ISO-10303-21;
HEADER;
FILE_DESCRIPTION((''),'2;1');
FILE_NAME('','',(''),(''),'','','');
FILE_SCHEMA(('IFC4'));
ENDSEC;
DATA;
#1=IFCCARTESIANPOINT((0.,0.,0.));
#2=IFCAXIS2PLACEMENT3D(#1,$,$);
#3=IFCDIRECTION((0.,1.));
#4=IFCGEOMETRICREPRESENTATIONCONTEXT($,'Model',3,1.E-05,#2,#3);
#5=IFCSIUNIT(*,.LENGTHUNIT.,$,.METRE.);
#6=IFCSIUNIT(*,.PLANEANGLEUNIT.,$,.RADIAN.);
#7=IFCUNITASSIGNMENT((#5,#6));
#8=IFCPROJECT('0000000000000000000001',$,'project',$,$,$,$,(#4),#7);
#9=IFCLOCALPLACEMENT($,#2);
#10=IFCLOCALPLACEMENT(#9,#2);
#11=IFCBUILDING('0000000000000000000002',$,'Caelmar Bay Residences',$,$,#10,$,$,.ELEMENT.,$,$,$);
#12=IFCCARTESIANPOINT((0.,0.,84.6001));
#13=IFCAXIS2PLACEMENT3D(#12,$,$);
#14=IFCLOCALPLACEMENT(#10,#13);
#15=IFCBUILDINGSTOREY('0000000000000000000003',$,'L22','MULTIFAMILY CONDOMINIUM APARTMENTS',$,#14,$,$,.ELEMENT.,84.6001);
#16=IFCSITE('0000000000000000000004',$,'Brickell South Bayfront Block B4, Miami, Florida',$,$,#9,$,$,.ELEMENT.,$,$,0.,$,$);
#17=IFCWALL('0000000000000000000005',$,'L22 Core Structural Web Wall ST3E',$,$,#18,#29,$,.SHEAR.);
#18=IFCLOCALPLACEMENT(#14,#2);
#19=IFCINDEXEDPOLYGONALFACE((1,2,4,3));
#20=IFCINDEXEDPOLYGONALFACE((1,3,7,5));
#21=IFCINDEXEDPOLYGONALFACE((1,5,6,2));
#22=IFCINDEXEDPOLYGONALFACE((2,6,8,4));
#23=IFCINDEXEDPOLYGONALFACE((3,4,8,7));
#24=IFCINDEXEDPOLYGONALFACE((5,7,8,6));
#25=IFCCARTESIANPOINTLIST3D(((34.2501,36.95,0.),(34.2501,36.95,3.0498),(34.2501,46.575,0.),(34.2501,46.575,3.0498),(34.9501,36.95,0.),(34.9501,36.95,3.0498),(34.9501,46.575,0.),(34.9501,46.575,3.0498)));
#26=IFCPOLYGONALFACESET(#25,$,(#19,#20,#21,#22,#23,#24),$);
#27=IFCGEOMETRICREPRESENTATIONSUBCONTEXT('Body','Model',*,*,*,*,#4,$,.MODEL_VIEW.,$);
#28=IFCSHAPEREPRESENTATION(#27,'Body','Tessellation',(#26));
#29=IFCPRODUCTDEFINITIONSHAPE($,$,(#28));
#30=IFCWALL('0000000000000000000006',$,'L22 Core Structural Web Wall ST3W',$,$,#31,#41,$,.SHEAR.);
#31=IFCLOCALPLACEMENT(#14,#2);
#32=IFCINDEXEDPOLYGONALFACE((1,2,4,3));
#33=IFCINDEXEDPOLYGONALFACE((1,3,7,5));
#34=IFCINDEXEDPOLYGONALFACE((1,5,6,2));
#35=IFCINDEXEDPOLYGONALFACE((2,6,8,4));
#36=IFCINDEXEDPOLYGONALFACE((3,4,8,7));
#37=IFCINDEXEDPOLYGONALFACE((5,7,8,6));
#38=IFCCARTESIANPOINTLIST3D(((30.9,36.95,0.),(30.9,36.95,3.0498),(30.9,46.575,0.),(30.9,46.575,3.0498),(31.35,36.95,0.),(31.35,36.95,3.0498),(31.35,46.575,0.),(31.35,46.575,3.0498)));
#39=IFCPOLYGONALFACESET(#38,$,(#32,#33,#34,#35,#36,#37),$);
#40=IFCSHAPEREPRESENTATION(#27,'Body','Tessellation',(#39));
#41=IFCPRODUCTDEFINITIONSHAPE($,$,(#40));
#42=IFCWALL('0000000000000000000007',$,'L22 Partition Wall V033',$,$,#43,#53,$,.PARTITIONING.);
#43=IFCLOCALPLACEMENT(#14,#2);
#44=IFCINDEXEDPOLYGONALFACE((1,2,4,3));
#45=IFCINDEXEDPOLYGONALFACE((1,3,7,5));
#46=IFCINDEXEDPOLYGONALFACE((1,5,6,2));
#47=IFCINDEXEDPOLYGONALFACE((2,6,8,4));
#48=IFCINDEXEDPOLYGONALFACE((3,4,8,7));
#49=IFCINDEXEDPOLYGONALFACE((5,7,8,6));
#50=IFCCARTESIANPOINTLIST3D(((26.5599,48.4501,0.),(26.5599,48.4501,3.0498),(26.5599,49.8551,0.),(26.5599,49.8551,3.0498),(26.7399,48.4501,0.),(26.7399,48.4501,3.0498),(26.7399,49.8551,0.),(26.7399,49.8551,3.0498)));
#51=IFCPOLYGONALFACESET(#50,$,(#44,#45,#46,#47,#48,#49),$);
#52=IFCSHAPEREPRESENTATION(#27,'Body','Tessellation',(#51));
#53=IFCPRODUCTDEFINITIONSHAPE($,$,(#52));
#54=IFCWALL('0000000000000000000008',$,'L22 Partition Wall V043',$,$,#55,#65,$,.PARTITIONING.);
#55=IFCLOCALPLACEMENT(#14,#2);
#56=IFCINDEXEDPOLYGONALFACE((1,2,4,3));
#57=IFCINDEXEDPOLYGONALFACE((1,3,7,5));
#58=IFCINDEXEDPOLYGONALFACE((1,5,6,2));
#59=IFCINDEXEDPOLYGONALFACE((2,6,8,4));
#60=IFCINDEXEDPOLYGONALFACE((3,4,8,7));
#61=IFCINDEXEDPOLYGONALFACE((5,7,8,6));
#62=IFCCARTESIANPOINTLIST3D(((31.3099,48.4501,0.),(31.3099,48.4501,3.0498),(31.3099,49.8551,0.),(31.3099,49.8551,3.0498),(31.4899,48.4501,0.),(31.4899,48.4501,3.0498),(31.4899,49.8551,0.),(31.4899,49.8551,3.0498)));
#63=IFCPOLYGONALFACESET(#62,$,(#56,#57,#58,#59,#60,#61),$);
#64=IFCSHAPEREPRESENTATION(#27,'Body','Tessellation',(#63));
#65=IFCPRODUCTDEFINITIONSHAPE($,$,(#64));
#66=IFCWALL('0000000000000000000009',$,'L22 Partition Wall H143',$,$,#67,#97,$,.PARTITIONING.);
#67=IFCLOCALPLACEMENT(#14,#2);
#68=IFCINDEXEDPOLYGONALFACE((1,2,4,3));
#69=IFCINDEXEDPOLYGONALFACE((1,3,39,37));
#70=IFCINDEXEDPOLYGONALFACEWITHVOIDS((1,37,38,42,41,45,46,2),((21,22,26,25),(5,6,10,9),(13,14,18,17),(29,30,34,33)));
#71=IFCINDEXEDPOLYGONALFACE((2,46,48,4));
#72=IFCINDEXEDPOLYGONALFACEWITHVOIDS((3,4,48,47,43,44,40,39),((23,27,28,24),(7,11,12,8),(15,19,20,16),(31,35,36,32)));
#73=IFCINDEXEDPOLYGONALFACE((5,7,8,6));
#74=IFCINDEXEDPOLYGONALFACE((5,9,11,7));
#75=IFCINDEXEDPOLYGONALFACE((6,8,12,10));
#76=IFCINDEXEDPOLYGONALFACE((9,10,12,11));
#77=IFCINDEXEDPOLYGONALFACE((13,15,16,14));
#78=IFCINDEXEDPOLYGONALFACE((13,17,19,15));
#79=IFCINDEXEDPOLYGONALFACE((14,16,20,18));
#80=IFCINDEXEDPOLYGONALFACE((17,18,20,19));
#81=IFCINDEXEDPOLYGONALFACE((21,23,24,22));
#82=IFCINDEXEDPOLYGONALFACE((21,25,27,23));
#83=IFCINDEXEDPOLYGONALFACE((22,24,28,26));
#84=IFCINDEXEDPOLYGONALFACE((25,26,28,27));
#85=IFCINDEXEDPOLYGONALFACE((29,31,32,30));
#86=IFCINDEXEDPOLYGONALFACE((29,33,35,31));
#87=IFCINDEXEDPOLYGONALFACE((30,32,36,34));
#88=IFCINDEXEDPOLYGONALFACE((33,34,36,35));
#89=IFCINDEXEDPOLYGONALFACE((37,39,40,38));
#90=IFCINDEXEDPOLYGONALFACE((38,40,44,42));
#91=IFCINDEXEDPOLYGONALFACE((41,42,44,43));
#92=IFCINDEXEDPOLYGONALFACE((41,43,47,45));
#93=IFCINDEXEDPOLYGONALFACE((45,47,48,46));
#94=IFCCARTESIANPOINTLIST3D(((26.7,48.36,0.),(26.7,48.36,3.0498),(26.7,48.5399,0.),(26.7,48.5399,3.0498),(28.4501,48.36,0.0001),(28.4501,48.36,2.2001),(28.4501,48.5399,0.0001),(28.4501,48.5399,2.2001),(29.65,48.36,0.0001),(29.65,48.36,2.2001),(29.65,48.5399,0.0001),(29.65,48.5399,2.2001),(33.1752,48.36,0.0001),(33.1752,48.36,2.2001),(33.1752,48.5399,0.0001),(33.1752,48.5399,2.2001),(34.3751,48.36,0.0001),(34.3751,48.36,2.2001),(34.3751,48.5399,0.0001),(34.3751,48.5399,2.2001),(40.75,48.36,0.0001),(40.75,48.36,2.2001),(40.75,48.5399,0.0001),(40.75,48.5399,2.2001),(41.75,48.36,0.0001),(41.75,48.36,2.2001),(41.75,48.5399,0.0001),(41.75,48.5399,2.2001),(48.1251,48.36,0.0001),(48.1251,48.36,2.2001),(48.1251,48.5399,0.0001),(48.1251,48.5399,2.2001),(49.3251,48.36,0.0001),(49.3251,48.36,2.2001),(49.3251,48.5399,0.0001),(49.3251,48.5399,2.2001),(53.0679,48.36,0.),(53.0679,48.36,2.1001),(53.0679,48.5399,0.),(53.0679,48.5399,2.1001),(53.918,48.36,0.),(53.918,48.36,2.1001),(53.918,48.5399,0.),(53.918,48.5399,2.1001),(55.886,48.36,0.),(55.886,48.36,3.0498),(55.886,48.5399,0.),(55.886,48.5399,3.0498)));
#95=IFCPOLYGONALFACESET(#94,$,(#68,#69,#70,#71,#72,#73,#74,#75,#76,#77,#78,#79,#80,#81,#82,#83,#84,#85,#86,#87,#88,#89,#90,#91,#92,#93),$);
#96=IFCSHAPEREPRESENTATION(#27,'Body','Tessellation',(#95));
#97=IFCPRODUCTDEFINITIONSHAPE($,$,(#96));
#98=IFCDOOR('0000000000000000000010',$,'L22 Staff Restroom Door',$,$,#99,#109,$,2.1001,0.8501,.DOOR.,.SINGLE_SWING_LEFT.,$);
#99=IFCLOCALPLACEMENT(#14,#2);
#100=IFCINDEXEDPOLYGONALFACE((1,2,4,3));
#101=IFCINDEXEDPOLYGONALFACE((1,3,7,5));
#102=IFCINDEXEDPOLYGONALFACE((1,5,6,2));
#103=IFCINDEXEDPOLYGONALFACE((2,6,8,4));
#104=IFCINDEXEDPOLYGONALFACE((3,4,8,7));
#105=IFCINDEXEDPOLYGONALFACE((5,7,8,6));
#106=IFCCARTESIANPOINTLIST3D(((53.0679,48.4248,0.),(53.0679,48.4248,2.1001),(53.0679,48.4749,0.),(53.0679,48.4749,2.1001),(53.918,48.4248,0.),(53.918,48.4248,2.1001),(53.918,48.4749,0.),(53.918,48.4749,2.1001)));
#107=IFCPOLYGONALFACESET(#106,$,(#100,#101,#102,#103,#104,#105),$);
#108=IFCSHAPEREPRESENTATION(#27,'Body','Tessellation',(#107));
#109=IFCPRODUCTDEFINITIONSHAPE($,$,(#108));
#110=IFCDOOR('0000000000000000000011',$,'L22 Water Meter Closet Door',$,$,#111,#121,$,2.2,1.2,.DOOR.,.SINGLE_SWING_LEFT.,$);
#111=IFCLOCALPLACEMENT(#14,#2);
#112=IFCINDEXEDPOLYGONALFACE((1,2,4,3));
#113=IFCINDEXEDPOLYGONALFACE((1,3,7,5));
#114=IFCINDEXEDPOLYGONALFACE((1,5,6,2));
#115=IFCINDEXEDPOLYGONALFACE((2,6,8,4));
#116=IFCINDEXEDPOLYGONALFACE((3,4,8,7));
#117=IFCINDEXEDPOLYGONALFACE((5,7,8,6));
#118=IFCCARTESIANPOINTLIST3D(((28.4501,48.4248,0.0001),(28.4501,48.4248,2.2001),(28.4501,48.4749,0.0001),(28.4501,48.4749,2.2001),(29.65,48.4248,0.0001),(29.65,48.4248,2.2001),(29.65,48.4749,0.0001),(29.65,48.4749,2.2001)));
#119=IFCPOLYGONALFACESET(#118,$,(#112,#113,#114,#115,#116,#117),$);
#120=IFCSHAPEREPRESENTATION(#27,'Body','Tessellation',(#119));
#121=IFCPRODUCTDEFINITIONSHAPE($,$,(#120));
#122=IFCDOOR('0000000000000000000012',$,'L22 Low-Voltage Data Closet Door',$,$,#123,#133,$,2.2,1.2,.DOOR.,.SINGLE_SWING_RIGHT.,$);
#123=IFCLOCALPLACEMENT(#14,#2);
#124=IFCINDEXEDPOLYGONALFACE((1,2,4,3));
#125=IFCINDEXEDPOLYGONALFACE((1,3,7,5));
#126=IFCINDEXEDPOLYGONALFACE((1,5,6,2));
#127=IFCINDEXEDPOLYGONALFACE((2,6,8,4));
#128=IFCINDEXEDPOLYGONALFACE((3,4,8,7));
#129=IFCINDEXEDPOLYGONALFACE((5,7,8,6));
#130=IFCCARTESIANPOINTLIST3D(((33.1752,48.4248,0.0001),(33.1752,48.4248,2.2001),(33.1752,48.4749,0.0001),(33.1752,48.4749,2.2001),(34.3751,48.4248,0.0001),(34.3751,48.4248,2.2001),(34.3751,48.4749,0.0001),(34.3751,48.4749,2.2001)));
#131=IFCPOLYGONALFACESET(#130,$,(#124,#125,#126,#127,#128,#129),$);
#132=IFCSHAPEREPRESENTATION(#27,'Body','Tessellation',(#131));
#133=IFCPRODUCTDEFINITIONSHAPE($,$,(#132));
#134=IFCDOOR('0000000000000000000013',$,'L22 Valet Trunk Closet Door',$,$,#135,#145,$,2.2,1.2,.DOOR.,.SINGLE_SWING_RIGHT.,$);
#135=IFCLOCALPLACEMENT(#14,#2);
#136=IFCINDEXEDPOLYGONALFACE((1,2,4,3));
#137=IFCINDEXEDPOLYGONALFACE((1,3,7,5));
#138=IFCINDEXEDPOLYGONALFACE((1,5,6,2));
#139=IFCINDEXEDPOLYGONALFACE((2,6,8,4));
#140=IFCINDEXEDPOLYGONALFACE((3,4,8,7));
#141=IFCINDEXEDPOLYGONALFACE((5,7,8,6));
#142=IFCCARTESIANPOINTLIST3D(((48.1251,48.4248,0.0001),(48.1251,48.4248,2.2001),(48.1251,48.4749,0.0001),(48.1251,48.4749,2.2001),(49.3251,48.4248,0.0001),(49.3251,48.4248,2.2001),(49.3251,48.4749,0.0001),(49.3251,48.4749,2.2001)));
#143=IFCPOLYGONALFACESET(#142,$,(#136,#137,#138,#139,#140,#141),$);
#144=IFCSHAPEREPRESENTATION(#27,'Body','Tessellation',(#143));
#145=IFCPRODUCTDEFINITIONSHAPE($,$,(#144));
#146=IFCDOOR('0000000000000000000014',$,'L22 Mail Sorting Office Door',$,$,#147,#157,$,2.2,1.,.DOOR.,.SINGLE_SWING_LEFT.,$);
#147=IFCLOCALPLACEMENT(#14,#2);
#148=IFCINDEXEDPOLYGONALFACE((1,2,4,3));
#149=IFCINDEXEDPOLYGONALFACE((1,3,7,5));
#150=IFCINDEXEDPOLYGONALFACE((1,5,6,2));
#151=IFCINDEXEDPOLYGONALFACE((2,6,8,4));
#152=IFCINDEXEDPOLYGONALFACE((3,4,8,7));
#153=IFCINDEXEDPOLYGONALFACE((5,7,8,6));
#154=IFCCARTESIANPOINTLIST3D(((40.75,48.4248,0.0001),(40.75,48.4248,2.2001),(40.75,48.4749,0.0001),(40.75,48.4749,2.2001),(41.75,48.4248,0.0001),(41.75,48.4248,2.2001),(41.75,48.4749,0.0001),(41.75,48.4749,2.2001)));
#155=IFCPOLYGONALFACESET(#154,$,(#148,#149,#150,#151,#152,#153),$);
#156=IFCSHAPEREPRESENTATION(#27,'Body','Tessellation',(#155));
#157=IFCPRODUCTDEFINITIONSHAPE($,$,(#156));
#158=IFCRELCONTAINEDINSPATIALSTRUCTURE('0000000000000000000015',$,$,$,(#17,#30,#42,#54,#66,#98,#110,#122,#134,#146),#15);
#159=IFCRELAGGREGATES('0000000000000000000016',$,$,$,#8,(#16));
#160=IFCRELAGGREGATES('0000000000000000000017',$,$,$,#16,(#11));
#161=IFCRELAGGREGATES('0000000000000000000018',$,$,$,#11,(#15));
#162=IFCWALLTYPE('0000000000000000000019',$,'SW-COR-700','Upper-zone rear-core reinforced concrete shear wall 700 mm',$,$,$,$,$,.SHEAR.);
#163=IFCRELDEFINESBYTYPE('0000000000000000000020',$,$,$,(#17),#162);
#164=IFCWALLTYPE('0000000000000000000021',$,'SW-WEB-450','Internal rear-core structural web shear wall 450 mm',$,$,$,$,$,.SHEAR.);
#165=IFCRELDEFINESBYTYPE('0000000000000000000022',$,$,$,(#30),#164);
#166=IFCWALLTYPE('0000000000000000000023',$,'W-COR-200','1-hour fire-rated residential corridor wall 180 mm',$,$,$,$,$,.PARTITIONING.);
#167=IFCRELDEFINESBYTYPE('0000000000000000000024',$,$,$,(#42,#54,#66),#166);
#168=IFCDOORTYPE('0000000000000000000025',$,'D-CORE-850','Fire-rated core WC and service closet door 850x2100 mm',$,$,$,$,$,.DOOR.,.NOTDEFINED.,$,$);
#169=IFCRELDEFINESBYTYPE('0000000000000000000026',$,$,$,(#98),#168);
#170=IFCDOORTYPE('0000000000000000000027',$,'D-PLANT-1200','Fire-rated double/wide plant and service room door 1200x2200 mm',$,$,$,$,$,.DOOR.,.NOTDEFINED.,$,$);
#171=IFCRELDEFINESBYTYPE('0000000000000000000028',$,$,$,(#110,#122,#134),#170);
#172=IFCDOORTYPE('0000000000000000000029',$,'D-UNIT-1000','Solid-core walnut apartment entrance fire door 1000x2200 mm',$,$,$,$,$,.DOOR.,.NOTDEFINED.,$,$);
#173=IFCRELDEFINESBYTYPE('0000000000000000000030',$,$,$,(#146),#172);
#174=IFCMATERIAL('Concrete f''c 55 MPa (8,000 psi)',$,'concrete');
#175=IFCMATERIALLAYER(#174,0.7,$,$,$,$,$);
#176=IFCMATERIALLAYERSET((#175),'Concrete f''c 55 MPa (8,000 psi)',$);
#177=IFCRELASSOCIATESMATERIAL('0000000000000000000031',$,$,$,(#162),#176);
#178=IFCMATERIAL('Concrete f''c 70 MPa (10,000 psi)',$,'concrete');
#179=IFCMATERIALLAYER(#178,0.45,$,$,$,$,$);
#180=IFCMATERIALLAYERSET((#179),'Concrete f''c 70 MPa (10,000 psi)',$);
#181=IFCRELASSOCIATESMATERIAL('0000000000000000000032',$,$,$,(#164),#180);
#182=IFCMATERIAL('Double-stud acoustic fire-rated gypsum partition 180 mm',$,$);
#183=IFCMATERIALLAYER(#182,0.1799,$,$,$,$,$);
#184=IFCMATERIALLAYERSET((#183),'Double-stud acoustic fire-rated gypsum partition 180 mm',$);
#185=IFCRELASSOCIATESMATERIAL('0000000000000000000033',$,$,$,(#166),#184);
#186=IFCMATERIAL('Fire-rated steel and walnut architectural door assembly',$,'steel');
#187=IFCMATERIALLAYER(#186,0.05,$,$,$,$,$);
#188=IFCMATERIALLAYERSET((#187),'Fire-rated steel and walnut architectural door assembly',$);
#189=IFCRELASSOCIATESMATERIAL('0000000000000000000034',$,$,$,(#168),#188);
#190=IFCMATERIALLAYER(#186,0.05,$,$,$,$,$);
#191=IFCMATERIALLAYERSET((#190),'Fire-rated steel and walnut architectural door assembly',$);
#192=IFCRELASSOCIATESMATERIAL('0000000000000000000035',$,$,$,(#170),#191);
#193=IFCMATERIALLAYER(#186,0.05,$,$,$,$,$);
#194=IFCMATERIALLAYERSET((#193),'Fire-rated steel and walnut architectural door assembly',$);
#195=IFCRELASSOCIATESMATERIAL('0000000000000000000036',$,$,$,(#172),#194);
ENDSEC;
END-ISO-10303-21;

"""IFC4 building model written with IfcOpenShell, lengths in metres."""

from ifc_helpers import new_model, si_unit, direction, frame, frame_2d, origin, place, context, subcontext, project, spatial, rectangle, extrude, material, layer, layer_set, type_object, element, fill, save


model = new_model("IFC4")

# Units and contexts
model_context = context("Model", 3, precision=1e-05, world=origin(), true_north=direction((0.0, 1.0)))
body_context = subcontext(model_context, "Body", "Model", "MODEL_VIEW")
ifc_project = project(units=[si_unit("LENGTHUNIT", "METRE"), si_unit("PLANEANGLEUNIT", "RADIAN")], contexts=[model_context])

# Site, building, storey
site_placement = place(None, origin())
site = spatial("IfcSite", under=ifc_project, at=site_placement, Name="Brickell South Bayfront Block B4, Miami, Florida", CompositionType="ELEMENT", RefElevation=0.0)
building_placement = place(site_placement, origin())
building = spatial("IfcBuilding", under=site, at=building_placement, Name="Caelmar Bay Residences", CompositionType="ELEMENT")
storey_placement = place(building_placement, frame((0.0, 0.0, 84.6001)))
storey = spatial("IfcBuildingStorey", under=building, at=storey_placement, Name="L22", Description="MULTIFAMILY CONDOMINIUM APARTMENTS", CompositionType="ELEMENT", Elevation=84.6001)

# Walls
ifc_material_1 = material(Name="Concrete f'c 55 MPa (8,000 psi)", Category="concrete")
ifc_layer_1 = layer(ifc_material_1, 0.7)
ifc_layer_set_1 = layer_set([ifc_layer_1], Name="Concrete f'c 55 MPa (8,000 psi)")
wall_type_1 = type_object("IfcWallType", Name="SW-COR-700", Description="Upper-zone rear-core reinforced concrete shear wall 700 mm", PredefinedType="SHEAR", material=ifc_layer_set_1)
wall_1_placement = place(storey_placement, frame((34.6001, 36.95, 0.0), z_axis=(0.0, 0.0, 1.0), x_axis=(0.0, 1.0, 0.0)))
element("IfcWall", 1, at=wall_1_placement, inside=storey, type_object=wall_type_1, Name="L22 Core Structural Web Wall ST3E", PredefinedType="SHEAR", context=body_context, shape_type="SweptSolid", body=[
    extrude(rectangle(XDim=9.625, YDim=0.7, at=frame_2d((4.8125, 0.0))), origin(), (0.0, 0.0, 1.0), 3.0498),
])
ifc_material_2 = material(Name="Concrete f'c 70 MPa (10,000 psi)", Category="concrete")
ifc_layer_2 = layer(ifc_material_2, 0.45)
ifc_layer_set_2 = layer_set([ifc_layer_2], Name="Concrete f'c 70 MPa (10,000 psi)")
wall_type_2 = type_object("IfcWallType", Name="SW-WEB-450", Description="Internal rear-core structural web shear wall 450 mm", PredefinedType="SHEAR", material=ifc_layer_set_2)
wall_2_placement = place(storey_placement, frame((31.125, 36.95, 0.0), z_axis=(0.0, 0.0, 1.0), x_axis=(0.0, 1.0, 0.0)))
element("IfcWall", 2, at=wall_2_placement, inside=storey, type_object=wall_type_2, Name="L22 Core Structural Web Wall ST3W", PredefinedType="SHEAR", context=body_context, shape_type="SweptSolid", body=[
    extrude(rectangle(XDim=9.625, YDim=0.45, at=frame_2d((4.8125, 0.0))), origin(), (0.0, 0.0, 1.0), 3.0498),
])
ifc_material_3 = material(Name="Double-stud acoustic fire-rated gypsum partition 180 mm")
ifc_layer_3 = layer(ifc_material_3, 0.1799)
ifc_layer_set_3 = layer_set([ifc_layer_3], Name="Double-stud acoustic fire-rated gypsum partition 180 mm")
wall_type_3 = type_object("IfcWallType", Name="W-COR-200", Description="1-hour fire-rated residential corridor wall 180 mm", PredefinedType="PARTITIONING", material=ifc_layer_set_3)
for number, where, z_axis, x_axis, name in (
    (3, (26.6499, 48.45, 0.0), (0.0, 0.0, 1.0), (0.0, 1.0, 0.0), "L22 Partition Wall V033"),
    (4, (31.3999, 48.45, 0.0), (0.0, 0.0, 1.0), (0.0, 1.0, 0.0), "L22 Partition Wall V043"),
):
    element("IfcWall", number, at=place(storey_placement, frame(where, z_axis=z_axis, x_axis=x_axis)), inside=storey, type_object=wall_type_3, Name=name, PredefinedType="PARTITIONING", context=body_context, shape_type="SweptSolid", body=[
        extrude(rectangle(XDim=1.405, YDim=0.1799, at=frame_2d((0.7026, 0.0))), origin(), (0.0, 0.0, 1.0), 3.0498),
    ])

# Wall, openings, doors
wall_3_placement = place(storey_placement, frame((26.7, 48.45, 0.0), z_axis=(0.0, 0.0, 1.0), x_axis=(1.0, 0.0, 0.0)))
wall_3 = element("IfcWall", 5, at=wall_3_placement, inside=storey, type_object=wall_type_3, Name="L22 Partition Wall H143", PredefinedType="PARTITIONING", context=body_context, shape_type="SweptSolid", body=[
    extrude(rectangle(XDim=29.186, YDim=0.1799, at=frame_2d((14.593, 0.0))), origin(), (0.0, 0.0, 1.0), 3.0498),
])
opening_1_placement = place(wall_3_placement, frame((1.75, 0.0, 0.0)))
opening_1 = element("IfcOpeningElement", 6, at=opening_1_placement, cuts=wall_3, PredefinedType="OPENING", context=body_context, shape_type="SweptSolid", body=[
    extrude(rectangle(XDim=1.2, YDim=2.2, at=frame_2d((0.6001, 1.1001))), frame((0.0, 0.0999, 0.0), z_axis=(0.0, -1.0, 0.0), x_axis=(1.0, 0.0, 0.0)), (0.0, 0.0, 1.0), 0.2),
])
opening_2_placement = place(wall_3_placement, frame((6.4751, 0.0, 0.0)))
opening_2 = element("IfcOpeningElement", 7, at=opening_2_placement, cuts=wall_3, PredefinedType="OPENING", context=body_context, shape_type="SweptSolid", body=[
    extrude(rectangle(XDim=1.2, YDim=2.2, at=frame_2d((0.6001, 1.1001))), frame((0.0, 0.0999, 0.0), z_axis=(0.0, -1.0, 0.0), x_axis=(1.0, 0.0, 0.0)), (0.0, 0.0, 1.0), 0.2),
])
opening_3_placement = place(wall_3_placement, frame((14.05, 0.0, 0.0)))
opening_3 = element("IfcOpeningElement", 8, at=opening_3_placement, cuts=wall_3, PredefinedType="OPENING", context=body_context, shape_type="SweptSolid", body=[
    extrude(rectangle(XDim=1.0, YDim=2.2, at=frame_2d((0.5, 1.1001))), frame((0.0, 0.0999, 0.0), z_axis=(0.0, -1.0, 0.0), x_axis=(1.0, 0.0, 0.0)), (0.0, 0.0, 1.0), 0.2),
])
opening_4_placement = place(wall_3_placement, frame((21.425, 0.0, 0.0)))
opening_4 = element("IfcOpeningElement", 9, at=opening_4_placement, cuts=wall_3, PredefinedType="OPENING", context=body_context, shape_type="SweptSolid", body=[
    extrude(rectangle(XDim=1.2, YDim=2.2, at=frame_2d((0.6001, 1.1001))), frame((0.0, 0.0999, 0.0), z_axis=(0.0, -1.0, 0.0), x_axis=(1.0, 0.0, 0.0)), (0.0, 0.0, 1.0), 0.2),
])
opening_5_placement = place(wall_3_placement, frame((26.3679, 0.0, 0.0)))
opening_5 = element("IfcOpeningElement", 10, at=opening_5_placement, cuts=wall_3, PredefinedType="OPENING", context=body_context, shape_type="SweptSolid", body=[
    extrude(rectangle(XDim=0.8501, YDim=2.1001, at=frame_2d((0.425, 1.05))), frame((0.0, 0.0999, 0.0), z_axis=(0.0, -1.0, 0.0), x_axis=(1.0, 0.0, 0.0)), (0.0, 0.0, 1.0), 0.2),
])
ifc_material_4 = material(Name="Fire-rated steel and walnut architectural door assembly", Category="steel")
ifc_layer_4 = layer(ifc_material_4, 0.05)
ifc_layer_set_4 = layer_set([ifc_layer_4], Name="Fire-rated steel and walnut architectural door assembly")
door_type_1 = type_object("IfcDoorType", Name="D-CORE-850", Description="Fire-rated core WC and service closet door 850x2100 mm", OperationType="NOTDEFINED", PredefinedType="DOOR", material=ifc_layer_set_4)
door_1_placement = place(opening_5_placement, origin())
door_1 = element("IfcDoor", 11, at=door_1_placement, inside=storey, type_object=door_type_1, Name="L22 Staff Restroom Door", OperationType="SINGLE_SWING_LEFT", OverallHeight=2.1001, OverallWidth=0.8501, PredefinedType="DOOR", context=body_context, shape_type="SweptSolid", body=[
    extrude(rectangle(XDim=0.8501, YDim=2.1001, at=frame_2d((0.425, 1.05))), frame((0.0, 0.0249, 0.0), z_axis=(0.0, -1.0, 0.0), x_axis=(1.0, 0.0, 0.0)), (0.0, 0.0, 1.0), 0.05),
])
fill(opening_5, door_1)
ifc_layer_5 = layer(ifc_material_4, 0.05)
ifc_layer_set_5 = layer_set([ifc_layer_5], Name="Fire-rated steel and walnut architectural door assembly")
door_type_2 = type_object("IfcDoorType", Name="D-PLANT-1200", Description="Fire-rated double/wide plant and service room door 1200x2200 mm", OperationType="NOTDEFINED", PredefinedType="DOOR", material=ifc_layer_set_5)
door_2_placement = place(opening_1_placement, origin())
door_2 = element("IfcDoor", 12, at=door_2_placement, inside=storey, type_object=door_type_2, Name="L22 Water Meter Closet Door", OperationType="SINGLE_SWING_LEFT", OverallHeight=2.2, OverallWidth=1.2, PredefinedType="DOOR", context=body_context, shape_type="SweptSolid", body=[
    extrude(rectangle(XDim=1.2, YDim=2.2, at=frame_2d((0.6001, 1.1001))), frame((0.0, 0.0249, 0.0), z_axis=(0.0, -1.0, 0.0), x_axis=(1.0, 0.0, 0.0)), (0.0, 0.0, 1.0), 0.05),
])
fill(opening_1, door_2)
door_3_placement = place(opening_2_placement, origin())
door_3 = element("IfcDoor", 13, at=door_3_placement, inside=storey, type_object=door_type_2, Name="L22 Low-Voltage Data Closet Door", OperationType="SINGLE_SWING_RIGHT", OverallHeight=2.2, OverallWidth=1.2, PredefinedType="DOOR", context=body_context, shape_type="SweptSolid", body=[
    extrude(rectangle(XDim=1.2, YDim=2.2, at=frame_2d((0.6001, 1.1001))), frame((0.0, 0.0249, 0.0), z_axis=(0.0, -1.0, 0.0), x_axis=(1.0, 0.0, 0.0)), (0.0, 0.0, 1.0), 0.05),
])
fill(opening_2, door_3)
door_4_placement = place(opening_4_placement, origin())
door_4 = element("IfcDoor", 14, at=door_4_placement, inside=storey, type_object=door_type_2, Name="L22 Valet Trunk Closet Door", OperationType="SINGLE_SWING_RIGHT", OverallHeight=2.2, OverallWidth=1.2, PredefinedType="DOOR", context=body_context, shape_type="SweptSolid", body=[
    extrude(rectangle(XDim=1.2, YDim=2.2, at=frame_2d((0.6001, 1.1001))), frame((0.0, 0.0249, 0.0), z_axis=(0.0, -1.0, 0.0), x_axis=(1.0, 0.0, 0.0)), (0.0, 0.0, 1.0), 0.05),
])
fill(opening_4, door_4)
ifc_layer_6 = layer(ifc_material_4, 0.05)
ifc_layer_set_6 = layer_set([ifc_layer_6], Name="Fire-rated steel and walnut architectural door assembly")
door_type_3 = type_object("IfcDoorType", Name="D-UNIT-1000", Description="Solid-core walnut apartment entrance fire door 1000x2200 mm", OperationType="NOTDEFINED", PredefinedType="DOOR", material=ifc_layer_set_6)
door_5_placement = place(opening_3_placement, origin())
door_5 = element("IfcDoor", 15, at=door_5_placement, inside=storey, type_object=door_type_3, Name="L22 Mail Sorting Office Door", OperationType="SINGLE_SWING_LEFT", OverallHeight=2.2, OverallWidth=1.0, PredefinedType="DOOR", context=body_context, shape_type="SweptSolid", body=[
    extrude(rectangle(XDim=1.0, YDim=2.2, at=frame_2d((0.5, 1.1001))), frame((0.0, 0.0249, 0.0), z_axis=(0.0, -1.0, 0.0), x_axis=(1.0, 0.0, 0.0)), (0.0, 0.0, 1.0), 0.05),
])
fill(opening_3, door_5)

save(model, "model.ifc")
